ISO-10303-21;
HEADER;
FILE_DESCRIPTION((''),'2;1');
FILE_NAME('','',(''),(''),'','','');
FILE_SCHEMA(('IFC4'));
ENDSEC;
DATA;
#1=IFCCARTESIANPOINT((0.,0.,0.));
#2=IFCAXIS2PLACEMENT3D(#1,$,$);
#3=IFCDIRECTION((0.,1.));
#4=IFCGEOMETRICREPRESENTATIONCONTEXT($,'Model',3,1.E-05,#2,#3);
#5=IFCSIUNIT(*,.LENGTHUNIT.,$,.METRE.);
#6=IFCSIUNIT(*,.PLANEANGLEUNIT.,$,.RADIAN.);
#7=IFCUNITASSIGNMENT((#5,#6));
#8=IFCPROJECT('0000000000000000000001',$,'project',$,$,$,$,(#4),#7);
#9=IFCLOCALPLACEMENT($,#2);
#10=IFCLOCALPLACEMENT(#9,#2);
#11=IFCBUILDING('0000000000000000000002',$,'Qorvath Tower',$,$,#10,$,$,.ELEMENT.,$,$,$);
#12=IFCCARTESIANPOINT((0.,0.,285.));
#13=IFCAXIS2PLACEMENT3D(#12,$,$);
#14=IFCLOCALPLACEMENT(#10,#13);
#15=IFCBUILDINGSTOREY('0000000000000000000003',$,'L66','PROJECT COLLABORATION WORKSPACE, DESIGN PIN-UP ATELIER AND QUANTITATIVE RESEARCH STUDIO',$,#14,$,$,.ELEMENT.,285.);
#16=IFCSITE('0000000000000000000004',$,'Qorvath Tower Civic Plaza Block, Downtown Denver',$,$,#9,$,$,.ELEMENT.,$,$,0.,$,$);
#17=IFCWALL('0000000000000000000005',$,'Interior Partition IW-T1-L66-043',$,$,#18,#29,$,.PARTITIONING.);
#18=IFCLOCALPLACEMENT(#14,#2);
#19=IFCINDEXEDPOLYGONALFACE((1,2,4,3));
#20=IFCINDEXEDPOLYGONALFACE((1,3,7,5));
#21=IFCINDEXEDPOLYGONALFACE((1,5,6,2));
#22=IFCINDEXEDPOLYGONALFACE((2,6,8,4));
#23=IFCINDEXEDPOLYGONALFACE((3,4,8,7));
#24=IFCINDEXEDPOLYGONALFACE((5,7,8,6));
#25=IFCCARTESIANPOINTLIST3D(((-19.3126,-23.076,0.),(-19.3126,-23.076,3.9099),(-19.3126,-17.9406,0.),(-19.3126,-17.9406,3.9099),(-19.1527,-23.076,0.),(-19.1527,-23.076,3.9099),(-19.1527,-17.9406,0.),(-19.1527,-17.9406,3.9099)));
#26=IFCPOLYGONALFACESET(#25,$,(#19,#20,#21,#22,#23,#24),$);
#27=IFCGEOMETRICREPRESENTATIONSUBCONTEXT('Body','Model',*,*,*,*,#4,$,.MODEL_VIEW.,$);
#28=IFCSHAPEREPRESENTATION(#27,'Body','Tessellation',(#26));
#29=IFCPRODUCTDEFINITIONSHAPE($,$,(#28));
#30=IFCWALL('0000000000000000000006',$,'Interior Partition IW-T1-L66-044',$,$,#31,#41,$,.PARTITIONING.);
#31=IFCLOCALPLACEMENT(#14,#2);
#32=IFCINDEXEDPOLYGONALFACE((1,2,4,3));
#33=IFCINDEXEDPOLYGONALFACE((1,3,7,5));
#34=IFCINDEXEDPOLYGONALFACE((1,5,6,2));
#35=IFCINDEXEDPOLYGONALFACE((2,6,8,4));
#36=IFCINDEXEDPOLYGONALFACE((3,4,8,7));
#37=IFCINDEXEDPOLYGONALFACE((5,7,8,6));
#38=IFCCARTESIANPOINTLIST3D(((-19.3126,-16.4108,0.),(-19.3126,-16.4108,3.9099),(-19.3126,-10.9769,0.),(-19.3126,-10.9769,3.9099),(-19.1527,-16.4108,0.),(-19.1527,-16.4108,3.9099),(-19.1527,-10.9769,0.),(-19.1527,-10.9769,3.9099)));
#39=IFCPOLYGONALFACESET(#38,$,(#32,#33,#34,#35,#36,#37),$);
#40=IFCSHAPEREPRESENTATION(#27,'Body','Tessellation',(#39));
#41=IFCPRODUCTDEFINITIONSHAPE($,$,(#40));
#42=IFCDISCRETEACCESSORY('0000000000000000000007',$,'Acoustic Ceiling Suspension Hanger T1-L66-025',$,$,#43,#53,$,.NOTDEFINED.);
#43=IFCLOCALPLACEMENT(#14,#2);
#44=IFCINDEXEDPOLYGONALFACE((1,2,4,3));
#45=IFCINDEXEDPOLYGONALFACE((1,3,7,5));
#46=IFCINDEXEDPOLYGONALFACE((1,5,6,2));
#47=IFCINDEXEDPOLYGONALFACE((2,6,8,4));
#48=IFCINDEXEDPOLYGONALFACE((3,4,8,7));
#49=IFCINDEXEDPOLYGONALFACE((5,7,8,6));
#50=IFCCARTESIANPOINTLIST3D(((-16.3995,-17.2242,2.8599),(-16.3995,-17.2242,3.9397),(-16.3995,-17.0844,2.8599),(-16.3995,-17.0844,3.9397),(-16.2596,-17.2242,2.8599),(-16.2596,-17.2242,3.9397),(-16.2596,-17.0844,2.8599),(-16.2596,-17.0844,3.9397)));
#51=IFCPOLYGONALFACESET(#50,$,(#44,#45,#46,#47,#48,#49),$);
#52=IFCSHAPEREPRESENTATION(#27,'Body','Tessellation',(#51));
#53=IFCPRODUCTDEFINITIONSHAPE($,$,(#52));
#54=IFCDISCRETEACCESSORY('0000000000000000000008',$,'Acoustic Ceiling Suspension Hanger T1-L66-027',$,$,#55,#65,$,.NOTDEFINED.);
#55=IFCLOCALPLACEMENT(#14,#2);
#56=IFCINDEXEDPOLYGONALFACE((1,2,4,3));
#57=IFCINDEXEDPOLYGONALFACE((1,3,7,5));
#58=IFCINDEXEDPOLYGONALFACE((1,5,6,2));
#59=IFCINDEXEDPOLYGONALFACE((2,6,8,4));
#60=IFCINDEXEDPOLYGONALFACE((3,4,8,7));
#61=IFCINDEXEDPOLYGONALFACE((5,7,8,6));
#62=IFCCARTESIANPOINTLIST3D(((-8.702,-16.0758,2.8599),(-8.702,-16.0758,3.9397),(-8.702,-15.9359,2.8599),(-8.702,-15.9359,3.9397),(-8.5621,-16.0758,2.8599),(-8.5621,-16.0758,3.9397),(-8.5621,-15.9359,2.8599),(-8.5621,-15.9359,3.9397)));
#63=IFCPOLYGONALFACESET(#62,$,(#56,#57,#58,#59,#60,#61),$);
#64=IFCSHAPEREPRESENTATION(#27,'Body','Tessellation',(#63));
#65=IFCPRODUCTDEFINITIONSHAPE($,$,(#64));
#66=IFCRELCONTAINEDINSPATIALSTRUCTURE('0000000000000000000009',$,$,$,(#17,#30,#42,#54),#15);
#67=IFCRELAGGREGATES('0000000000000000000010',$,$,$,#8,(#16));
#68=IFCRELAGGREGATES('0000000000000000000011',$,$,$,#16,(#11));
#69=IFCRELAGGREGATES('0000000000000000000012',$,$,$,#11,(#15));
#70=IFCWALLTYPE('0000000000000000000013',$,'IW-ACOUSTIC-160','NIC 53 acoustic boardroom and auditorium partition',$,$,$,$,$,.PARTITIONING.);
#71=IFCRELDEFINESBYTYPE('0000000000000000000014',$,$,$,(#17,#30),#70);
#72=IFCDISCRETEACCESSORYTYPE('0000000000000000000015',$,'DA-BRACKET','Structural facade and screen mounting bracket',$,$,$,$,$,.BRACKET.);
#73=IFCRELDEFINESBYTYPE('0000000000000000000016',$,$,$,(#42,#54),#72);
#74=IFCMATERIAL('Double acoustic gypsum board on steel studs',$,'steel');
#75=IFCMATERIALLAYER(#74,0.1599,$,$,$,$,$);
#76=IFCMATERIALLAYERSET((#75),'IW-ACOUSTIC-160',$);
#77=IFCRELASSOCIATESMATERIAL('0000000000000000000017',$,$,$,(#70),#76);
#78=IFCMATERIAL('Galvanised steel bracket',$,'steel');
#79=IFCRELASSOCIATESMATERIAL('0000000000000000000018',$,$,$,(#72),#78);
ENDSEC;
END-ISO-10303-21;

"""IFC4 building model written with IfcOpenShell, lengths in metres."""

from ifc_helpers import new_model, si_unit, direction, frame, frame_2d, origin, origin_2d, place, context, subcontext, project, spatial, rectangle, extrude, material, layer, layer_set, type_object, element, save


model = new_model("IFC4")

# Units and contexts
model_context = context("Model", 3, precision=1e-05, world=origin(), true_north=direction((0.0, 1.0)))
body_context = subcontext(model_context, "Body", "Model", "MODEL_VIEW")
ifc_project = project(units=[si_unit("LENGTHUNIT", "METRE"), si_unit("PLANEANGLEUNIT", "RADIAN")], contexts=[model_context])

# Site, building, storey
site_placement = place(None, origin())
site = spatial("IfcSite", under=ifc_project, at=site_placement, Name="Qorvath Tower Civic Plaza Block, Downtown Denver", CompositionType="ELEMENT", RefElevation=0.0)
building_placement = place(site_placement, origin())
building = spatial("IfcBuilding", under=site, at=building_placement, Name="Qorvath Tower", CompositionType="ELEMENT")
storey_placement = place(building_placement, frame((0.0, 0.0, 285.0)))
storey = spatial("IfcBuildingStorey", under=building, at=storey_placement, Name="L66", Description="PROJECT COLLABORATION WORKSPACE, DESIGN PIN-UP ATELIER AND QUANTITATIVE RESEARCH STUDIO", CompositionType="ELEMENT", Elevation=285.0)

# Walls
ifc_material_1 = material(Name="Double acoustic gypsum board on steel studs", Category="steel")
ifc_layer_1 = layer(ifc_material_1, 0.1599)
ifc_layer_set_1 = layer_set([ifc_layer_1], Name="IW-ACOUSTIC-160")
wall_type = type_object("IfcWallType", Name="IW-ACOUSTIC-160", Description="NIC 53 acoustic boardroom and auditorium partition", PredefinedType="PARTITIONING", material=ifc_layer_set_1)
wall_1_placement = place(storey_placement, frame((-19.2327, -23.0762, 0.0), z_axis=(0.0, 0.0, 1.0), x_axis=(0.0, 1.0, 0.0)))
element("IfcWall", 1, at=wall_1_placement, inside=storey, type_object=wall_type, Name="Interior Partition IW-T1-L66-043", PredefinedType="PARTITIONING", context=body_context, shape_type="SweptSolid", body=[
    extrude(rectangle(XDim=5.1355, YDim=0.1599, at=frame_2d((2.5679, 0.0))), origin(), (0.0, 0.0, 1.0), 3.9099),
])
wall_2_placement = place(storey_placement, frame((-19.2327, -16.4106, 0.0), z_axis=(0.0, 0.0, 1.0), x_axis=(0.0, 1.0, 0.0)))
element("IfcWall", 2, at=wall_2_placement, inside=storey, type_object=wall_type, Name="Interior Partition IW-T1-L66-044", PredefinedType="PARTITIONING", context=body_context, shape_type="SweptSolid", body=[
    extrude(rectangle(XDim=5.4338, YDim=0.1599, at=frame_2d((2.7168, 0.0))), origin(), (0.0, 0.0, 1.0), 3.9099),
])

# Discrete accessories
ifc_material_2 = material(Name="Galvanised steel bracket", Category="steel")
discrete_accessory_type = type_object("IfcDiscreteAccessoryType", Name="DA-BRACKET", Description="Structural facade and screen mounting bracket", PredefinedType="BRACKET", material=ifc_material_2)
for number, where, z_axis, x_axis, name in (
    (3, (-16.3296, -17.1543, 2.8599), (0.0, 0.0, 1.0), (1.0, 0.0, 0.0), "Acoustic Ceiling Suspension Hanger T1-L66-025"),
    (4, (-8.6321, -16.0059, 2.8599), (0.0, 0.0, 1.0), (1.0, 0.0, 0.0), "Acoustic Ceiling Suspension Hanger T1-L66-027"),
):
    element("IfcDiscreteAccessory", number, at=place(storey_placement, frame(where, z_axis=z_axis, x_axis=x_axis)), inside=storey, type_object=discrete_accessory_type, Name=name, PredefinedType="NOTDEFINED", context=body_context, shape_type="SweptSolid", body=[
        extrude(rectangle(XDim=0.1399, YDim=0.1399, at=origin_2d()), origin(), (0.0, 0.0, 1.0), 1.0798),
    ])

save(model, "model.ifc")
